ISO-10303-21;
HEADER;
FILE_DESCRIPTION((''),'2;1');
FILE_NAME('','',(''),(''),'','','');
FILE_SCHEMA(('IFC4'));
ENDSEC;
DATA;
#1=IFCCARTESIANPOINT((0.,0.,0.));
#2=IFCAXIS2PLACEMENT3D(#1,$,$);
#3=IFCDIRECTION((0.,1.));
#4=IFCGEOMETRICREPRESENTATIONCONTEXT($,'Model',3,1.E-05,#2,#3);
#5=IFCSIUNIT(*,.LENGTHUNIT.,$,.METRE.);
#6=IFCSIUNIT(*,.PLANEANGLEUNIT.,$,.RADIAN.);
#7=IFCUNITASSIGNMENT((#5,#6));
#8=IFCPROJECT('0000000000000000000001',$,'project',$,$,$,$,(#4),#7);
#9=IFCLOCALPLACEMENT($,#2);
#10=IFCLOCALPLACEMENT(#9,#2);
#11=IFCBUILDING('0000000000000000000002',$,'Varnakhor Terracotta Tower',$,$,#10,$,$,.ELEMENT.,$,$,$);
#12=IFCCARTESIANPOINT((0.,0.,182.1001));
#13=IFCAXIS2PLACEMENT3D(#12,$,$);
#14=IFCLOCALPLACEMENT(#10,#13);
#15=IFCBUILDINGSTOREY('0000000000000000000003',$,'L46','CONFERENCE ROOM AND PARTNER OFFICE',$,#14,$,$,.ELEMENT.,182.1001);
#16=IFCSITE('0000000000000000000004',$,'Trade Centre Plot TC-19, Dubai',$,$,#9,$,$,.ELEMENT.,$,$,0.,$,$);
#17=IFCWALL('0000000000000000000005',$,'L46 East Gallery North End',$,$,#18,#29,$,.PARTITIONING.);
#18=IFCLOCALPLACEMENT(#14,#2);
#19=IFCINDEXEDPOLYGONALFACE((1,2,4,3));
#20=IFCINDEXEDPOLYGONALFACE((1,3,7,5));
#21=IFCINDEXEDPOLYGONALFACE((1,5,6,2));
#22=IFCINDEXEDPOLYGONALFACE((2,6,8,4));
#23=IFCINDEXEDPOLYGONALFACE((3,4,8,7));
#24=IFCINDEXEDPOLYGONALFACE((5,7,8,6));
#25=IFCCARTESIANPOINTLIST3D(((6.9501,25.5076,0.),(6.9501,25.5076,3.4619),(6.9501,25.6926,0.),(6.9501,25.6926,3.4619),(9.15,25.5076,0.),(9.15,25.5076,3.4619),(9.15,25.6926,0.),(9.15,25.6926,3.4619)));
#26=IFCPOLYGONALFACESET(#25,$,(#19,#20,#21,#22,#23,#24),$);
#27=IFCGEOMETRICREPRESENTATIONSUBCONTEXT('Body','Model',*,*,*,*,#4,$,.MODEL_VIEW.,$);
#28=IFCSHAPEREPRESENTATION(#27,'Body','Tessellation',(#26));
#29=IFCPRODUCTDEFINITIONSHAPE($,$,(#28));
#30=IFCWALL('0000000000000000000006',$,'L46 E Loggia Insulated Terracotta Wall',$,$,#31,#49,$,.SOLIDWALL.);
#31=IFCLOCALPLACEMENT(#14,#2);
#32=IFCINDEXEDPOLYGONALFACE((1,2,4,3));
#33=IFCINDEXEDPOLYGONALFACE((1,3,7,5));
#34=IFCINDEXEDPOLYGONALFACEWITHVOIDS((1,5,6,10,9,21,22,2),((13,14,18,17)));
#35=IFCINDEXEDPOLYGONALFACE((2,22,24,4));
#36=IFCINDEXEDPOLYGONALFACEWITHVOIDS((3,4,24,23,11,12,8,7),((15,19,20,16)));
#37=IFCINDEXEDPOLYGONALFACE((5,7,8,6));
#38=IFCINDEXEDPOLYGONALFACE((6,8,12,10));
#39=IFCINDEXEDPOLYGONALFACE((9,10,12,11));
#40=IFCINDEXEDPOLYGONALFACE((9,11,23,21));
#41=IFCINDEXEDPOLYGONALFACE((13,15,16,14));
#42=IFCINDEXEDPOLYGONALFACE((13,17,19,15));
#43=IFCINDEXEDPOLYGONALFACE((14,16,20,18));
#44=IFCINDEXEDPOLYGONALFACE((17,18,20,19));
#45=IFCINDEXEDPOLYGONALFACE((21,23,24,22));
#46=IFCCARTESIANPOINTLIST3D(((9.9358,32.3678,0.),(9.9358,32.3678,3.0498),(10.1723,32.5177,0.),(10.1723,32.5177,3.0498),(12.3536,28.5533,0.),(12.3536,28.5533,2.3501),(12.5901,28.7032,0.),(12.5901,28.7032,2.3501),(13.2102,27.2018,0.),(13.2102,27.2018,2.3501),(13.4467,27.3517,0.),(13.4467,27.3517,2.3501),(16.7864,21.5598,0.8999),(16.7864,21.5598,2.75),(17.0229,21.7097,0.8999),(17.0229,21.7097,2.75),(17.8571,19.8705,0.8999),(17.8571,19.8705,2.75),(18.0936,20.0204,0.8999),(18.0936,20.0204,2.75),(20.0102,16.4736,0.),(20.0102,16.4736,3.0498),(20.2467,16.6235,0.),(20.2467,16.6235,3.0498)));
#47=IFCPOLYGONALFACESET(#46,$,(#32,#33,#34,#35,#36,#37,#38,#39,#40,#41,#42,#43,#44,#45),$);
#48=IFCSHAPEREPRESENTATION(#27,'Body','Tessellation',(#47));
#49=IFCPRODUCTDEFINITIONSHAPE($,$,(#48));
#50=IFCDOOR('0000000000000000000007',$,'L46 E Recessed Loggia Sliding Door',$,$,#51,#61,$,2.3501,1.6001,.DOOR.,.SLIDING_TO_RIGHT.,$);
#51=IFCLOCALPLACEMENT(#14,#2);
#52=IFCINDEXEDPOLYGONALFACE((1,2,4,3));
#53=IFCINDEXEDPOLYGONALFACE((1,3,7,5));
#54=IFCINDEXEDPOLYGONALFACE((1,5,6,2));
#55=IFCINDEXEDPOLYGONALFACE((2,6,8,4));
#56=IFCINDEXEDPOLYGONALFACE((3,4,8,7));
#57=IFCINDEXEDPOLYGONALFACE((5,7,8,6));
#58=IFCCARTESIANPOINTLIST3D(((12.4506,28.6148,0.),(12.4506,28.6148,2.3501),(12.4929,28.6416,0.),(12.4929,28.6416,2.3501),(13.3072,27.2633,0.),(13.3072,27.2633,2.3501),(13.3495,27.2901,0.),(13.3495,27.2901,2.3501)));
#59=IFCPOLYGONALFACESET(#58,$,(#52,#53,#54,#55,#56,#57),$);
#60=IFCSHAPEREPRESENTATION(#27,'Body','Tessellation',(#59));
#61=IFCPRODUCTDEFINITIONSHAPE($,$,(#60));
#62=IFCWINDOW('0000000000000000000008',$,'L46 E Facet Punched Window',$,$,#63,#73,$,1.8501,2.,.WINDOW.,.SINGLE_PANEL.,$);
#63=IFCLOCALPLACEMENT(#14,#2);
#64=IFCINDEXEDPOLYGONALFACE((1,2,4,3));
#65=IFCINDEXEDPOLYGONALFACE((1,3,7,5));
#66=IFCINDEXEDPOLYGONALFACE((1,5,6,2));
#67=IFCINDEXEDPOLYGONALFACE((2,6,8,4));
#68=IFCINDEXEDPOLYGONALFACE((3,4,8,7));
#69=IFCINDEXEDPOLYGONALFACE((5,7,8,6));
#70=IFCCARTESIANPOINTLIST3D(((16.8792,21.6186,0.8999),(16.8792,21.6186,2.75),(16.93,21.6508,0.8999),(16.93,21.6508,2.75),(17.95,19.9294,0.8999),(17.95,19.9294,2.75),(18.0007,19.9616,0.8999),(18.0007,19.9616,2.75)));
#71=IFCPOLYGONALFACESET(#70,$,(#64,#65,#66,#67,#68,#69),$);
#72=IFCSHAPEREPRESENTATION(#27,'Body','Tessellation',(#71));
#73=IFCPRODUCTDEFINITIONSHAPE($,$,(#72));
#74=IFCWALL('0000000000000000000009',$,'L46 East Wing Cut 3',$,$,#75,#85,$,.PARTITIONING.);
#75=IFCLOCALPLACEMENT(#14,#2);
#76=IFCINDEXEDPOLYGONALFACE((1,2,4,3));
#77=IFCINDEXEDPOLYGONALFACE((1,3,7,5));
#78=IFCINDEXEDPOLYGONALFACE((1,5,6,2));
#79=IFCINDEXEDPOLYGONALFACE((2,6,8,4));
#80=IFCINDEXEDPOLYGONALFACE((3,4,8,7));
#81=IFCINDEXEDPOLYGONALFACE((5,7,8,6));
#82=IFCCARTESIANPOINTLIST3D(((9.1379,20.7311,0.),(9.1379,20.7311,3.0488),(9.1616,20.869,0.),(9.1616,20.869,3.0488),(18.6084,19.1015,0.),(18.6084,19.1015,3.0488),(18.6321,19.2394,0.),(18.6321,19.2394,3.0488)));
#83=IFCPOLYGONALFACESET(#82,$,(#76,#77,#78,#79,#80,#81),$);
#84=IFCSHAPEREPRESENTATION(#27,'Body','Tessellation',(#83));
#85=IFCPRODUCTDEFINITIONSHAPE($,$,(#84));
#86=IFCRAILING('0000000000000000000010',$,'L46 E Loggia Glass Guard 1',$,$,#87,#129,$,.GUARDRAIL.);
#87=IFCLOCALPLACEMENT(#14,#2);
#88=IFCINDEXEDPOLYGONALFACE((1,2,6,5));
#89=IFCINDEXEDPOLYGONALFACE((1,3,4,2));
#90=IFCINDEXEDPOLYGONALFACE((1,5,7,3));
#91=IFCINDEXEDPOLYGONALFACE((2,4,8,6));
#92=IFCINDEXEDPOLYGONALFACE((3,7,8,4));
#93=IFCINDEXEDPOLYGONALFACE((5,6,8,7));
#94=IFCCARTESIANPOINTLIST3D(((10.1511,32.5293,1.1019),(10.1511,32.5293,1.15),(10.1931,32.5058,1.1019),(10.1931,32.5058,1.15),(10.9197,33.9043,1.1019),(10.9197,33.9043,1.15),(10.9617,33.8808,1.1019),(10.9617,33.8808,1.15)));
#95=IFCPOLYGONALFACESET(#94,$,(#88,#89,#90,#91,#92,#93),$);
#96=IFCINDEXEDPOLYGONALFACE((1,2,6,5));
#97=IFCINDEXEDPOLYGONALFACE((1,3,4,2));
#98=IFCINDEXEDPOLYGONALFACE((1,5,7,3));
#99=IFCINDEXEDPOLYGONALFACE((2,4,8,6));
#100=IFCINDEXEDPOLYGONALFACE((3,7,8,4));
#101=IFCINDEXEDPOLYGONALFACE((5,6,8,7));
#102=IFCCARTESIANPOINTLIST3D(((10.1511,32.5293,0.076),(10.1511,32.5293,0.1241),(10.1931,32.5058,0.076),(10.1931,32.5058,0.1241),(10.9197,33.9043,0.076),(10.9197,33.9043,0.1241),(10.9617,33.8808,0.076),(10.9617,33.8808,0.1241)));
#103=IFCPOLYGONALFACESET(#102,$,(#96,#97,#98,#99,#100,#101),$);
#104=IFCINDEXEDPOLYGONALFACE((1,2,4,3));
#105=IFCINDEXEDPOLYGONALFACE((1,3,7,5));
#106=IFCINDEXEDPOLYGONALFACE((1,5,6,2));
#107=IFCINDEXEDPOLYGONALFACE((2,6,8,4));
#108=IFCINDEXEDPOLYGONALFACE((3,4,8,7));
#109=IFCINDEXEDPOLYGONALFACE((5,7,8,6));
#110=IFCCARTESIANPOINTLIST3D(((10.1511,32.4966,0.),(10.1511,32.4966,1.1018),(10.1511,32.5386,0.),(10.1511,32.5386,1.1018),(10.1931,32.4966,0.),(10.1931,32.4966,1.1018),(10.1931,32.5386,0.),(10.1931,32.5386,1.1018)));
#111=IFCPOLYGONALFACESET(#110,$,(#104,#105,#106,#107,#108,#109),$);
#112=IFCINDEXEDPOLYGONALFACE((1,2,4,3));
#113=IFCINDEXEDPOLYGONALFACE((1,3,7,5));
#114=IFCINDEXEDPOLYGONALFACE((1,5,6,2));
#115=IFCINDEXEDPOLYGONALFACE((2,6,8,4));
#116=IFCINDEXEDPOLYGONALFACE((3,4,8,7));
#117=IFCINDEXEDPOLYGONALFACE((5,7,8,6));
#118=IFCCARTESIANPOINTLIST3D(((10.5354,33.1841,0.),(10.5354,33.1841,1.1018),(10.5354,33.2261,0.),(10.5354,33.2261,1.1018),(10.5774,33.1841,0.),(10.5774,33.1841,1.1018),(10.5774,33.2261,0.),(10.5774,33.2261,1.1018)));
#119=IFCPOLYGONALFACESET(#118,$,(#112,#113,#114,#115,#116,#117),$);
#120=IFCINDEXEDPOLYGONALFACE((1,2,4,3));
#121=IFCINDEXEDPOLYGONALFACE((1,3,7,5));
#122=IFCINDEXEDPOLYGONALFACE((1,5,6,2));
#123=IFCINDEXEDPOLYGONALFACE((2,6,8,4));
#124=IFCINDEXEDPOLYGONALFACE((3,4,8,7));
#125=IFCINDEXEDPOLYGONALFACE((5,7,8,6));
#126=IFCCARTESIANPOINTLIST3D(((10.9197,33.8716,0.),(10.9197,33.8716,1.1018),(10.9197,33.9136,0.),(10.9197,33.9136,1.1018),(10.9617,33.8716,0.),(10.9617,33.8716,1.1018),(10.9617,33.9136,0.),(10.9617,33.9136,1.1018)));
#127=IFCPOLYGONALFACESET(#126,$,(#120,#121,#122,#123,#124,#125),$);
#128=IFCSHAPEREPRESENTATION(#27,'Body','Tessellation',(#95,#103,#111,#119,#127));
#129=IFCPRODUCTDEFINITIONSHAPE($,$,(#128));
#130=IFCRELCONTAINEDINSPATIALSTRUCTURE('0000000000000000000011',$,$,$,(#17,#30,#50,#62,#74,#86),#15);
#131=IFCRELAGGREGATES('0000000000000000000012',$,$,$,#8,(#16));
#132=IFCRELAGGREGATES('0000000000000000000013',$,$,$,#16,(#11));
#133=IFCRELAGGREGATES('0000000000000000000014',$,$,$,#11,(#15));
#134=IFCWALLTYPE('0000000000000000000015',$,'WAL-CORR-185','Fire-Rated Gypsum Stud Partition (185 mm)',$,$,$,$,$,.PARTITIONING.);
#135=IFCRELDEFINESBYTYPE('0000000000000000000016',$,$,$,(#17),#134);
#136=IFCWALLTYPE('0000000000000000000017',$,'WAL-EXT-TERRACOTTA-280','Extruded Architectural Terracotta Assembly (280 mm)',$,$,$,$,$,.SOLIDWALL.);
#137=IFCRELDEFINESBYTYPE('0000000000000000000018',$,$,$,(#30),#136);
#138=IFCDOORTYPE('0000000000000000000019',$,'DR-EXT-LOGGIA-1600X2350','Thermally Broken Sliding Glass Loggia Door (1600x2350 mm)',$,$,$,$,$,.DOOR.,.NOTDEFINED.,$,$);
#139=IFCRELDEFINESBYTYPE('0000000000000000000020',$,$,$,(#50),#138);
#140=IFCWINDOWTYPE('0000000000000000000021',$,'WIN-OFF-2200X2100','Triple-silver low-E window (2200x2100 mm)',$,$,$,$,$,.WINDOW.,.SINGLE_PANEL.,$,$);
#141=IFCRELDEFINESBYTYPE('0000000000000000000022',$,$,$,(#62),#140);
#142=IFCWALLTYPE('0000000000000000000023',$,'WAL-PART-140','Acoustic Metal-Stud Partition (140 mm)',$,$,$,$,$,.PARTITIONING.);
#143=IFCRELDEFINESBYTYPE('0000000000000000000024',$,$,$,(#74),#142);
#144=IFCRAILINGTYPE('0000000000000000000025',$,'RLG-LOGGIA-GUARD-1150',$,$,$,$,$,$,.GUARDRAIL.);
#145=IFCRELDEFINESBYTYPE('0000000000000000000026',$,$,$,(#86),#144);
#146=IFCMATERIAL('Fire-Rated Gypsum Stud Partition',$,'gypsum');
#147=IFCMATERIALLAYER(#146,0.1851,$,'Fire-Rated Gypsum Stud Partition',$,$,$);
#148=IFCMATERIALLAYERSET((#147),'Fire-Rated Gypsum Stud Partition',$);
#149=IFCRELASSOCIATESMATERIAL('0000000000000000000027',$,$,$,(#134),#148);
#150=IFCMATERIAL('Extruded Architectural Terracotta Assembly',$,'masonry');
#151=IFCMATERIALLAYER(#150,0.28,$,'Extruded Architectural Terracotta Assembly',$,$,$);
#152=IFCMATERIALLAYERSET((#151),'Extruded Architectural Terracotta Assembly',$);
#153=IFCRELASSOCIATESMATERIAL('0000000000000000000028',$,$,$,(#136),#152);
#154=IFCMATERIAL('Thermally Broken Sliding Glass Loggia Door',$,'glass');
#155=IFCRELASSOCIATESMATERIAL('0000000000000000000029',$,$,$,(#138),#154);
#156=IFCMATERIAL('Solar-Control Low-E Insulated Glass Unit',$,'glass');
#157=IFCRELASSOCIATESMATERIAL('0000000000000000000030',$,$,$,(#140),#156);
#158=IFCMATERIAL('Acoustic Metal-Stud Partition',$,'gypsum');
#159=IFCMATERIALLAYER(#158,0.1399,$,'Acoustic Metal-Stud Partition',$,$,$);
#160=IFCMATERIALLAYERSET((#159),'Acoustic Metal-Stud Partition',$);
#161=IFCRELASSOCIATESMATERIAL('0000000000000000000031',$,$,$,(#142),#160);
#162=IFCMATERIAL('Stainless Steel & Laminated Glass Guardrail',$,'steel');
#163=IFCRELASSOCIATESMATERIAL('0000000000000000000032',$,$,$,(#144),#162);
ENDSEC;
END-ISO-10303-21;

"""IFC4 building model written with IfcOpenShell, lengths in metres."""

from ifc_helpers import new_model, si_unit, direction, frame, frame_2d, origin, origin_2d, place, context, subcontext, project, spatial, rectangle, extrude, source, transform, mapped, material, layer, layer_set, type_object, type_shapes, element, fill, save


model = new_model("IFC4")

# Units and contexts
model_context = context("Model", 3, precision=1e-05, world=origin(), true_north=direction((0.0, 1.0)))
body_context = subcontext(model_context, "Body", "Model", "MODEL_VIEW")
ifc_project = project(units=[si_unit("LENGTHUNIT", "METRE"), si_unit("PLANEANGLEUNIT", "RADIAN")], contexts=[model_context])

# Site, building, storey
site_placement = place(None, origin())
site = spatial("IfcSite", under=ifc_project, at=site_placement, Name="Trade Centre Plot TC-19, Dubai", CompositionType="ELEMENT", RefElevation=0.0)
building_placement = place(site_placement, origin())
building = spatial("IfcBuilding", under=site, at=building_placement, Name="Varnakhor Terracotta Tower", CompositionType="ELEMENT")
storey_placement = place(building_placement, frame((0.0, 0.0, 182.1001)))
storey = spatial("IfcBuildingStorey", under=building, at=storey_placement, Name="L46", Description="CONFERENCE ROOM AND PARTNER OFFICE", CompositionType="ELEMENT", Elevation=182.1001)

# Wall
ifc_material_1 = material(Name="Fire-Rated Gypsum Stud Partition", Category="gypsum")
ifc_layer_1 = layer(ifc_material_1, 0.1851, Name="Fire-Rated Gypsum Stud Partition")
ifc_layer_set_1 = layer_set([ifc_layer_1], Name="Fire-Rated Gypsum Stud Partition")
wall_type_1 = type_object("IfcWallType", Name="WAL-CORR-185", Description="Fire-Rated Gypsum Stud Partition (185 mm)", PredefinedType="PARTITIONING", material=ifc_layer_set_1)
wall_1_placement = place(storey_placement, frame((6.95, 25.6001, 0.0), z_axis=(0.0, 0.0, 1.0), x_axis=(1.0, 0.0, 0.0)))
element("IfcWall", 1, at=wall_1_placement, inside=storey, type_object=wall_type_1, Name="L46 East Gallery North End", PredefinedType="PARTITIONING", context=body_context, shape_type="SweptSolid", body=[
    extrude(rectangle(XDim=2.2, YDim=0.1851, at=frame_2d((1.1001, 0.0))), origin(), (0.0, 0.0, 1.0), 3.4619),
])

# Wall, openings, door, window
ifc_material_2 = material(Name="Extruded Architectural Terracotta Assembly", Category="masonry")
ifc_layer_2 = layer(ifc_material_2, 0.28, Name="Extruded Architectural Terracotta Assembly")
ifc_layer_set_2 = layer_set([ifc_layer_2], Name="Extruded Architectural Terracotta Assembly")
wall_type_2 = type_object("IfcWallType", Name="WAL-EXT-TERRACOTTA-280", Description="Extruded Architectural Terracotta Assembly (280 mm)", PredefinedType="SOLIDWALL", material=ifc_layer_set_2)
wall_2_placement = place(storey_placement, frame((10.054, 32.4429, 0.0), z_axis=(0.0, 0.0, 1.0), x_axis=(0.535359, -0.844625, 0.0)))
wall_2 = element("IfcWall", 2, at=wall_2_placement, inside=storey, type_object=wall_type_2, Name="L46 E Loggia Insulated Terracotta Wall", PredefinedType="SOLIDWALL", context=body_context, shape_type="SweptSolid", body=[
    extrude(rectangle(XDim=18.8181, YDim=0.28, at=frame_2d((9.4092, 0.0))), origin(), (0.0, 0.0, 1.0), 3.0498),
])
opening_1_placement = place(wall_2_placement, frame((4.5164, 0.0, 0.0)))
opening_1 = element("IfcOpeningElement", 3, at=opening_1_placement, cuts=wall_2, PredefinedType="OPENING", context=body_context, shape_type="SweptSolid", body=[
    extrude(rectangle(XDim=1.6001, YDim=2.3501, at=frame_2d((0.8, 1.175))), frame((0.0, 0.1499, 0.0), z_axis=(0.0, -1.0, 0.0), x_axis=(1.0, 0.0, 0.0)), (0.0, 0.0, 1.0), 0.3),
])
opening_2_placement = place(wall_2_placement, frame((12.7964, 0.0, 0.8999)))
opening_2 = element("IfcOpeningElement", 4, at=opening_2_placement, cuts=wall_2, PredefinedType="OPENING", context=body_context, shape_type="SweptSolid", body=[
    extrude(rectangle(XDim=2.0, YDim=1.8501, at=frame_2d((1.0, 0.925))), frame((0.0, 0.1499, 0.0), z_axis=(0.0, -1.0, 0.0), x_axis=(1.0, 0.0, 0.0)), (0.0, 0.0, 1.0), 0.3),
])
ifc_material_3 = material(Name="Thermally Broken Sliding Glass Loggia Door", Category="glass")
door_type = type_object("IfcDoorType", Name="DR-EXT-LOGGIA-1600X2350", Description="Thermally Broken Sliding Glass Loggia Door (1600x2350 mm)", OperationType="NOTDEFINED", PredefinedType="DOOR", material=ifc_material_3)
shared_shape_1 = source(origin(), body_context, "Body", "SweptSolid", [
    extrude(rectangle(XDim=1.6001, YDim=2.3501, at=frame_2d((0.8, 1.175))), frame((0.0, 0.0249, 0.0), z_axis=(0.0, -1.0, 0.0), x_axis=(1.0, 0.0, 0.0)), (0.0, 0.0, 1.0), 0.05),
])
type_shapes(door_type, [shared_shape_1])
door_placement = place(opening_1_placement, origin())
door = element("IfcDoor", 5, at=door_placement, inside=storey, type_object=door_type, Name="L46 E Recessed Loggia Sliding Door", OperationType="SLIDING_TO_RIGHT", OverallHeight=2.3501, OverallWidth=1.6001, PredefinedType="DOOR", context=body_context, shape_type="MappedRepresentation", body=[
    mapped(shared_shape_1, transform((0.0, 0.0, 0.0), scale=1.0)),
])
fill(opening_1, door)
ifc_material_4 = material(Name="Solar-Control Low-E Insulated Glass Unit", Category="glass")
window_type = type_object("IfcWindowType", Name="WIN-OFF-2200X2100", Description="Triple-silver low-E window (2200x2100 mm)", PartitioningType="SINGLE_PANEL", PredefinedType="WINDOW", material=ifc_material_4)
shared_shape_2 = source(origin(), body_context, "Body", "SweptSolid", [
    extrude(rectangle(XDim=2.0, YDim=1.8501, at=frame_2d((1.0, 0.925))), frame((0.0, 0.03, 0.0), z_axis=(0.0, -1.0, 0.0), x_axis=(1.0, 0.0, 0.0)), (0.0, 0.0, 1.0), 0.0601),
])
type_shapes(window_type, [shared_shape_2])
window_placement = place(opening_2_placement, origin())
window = element("IfcWindow", 6, at=window_placement, inside=storey, type_object=window_type, Name="L46 E Facet Punched Window", OverallHeight=1.8501, OverallWidth=2.0, PartitioningType="SINGLE_PANEL", PredefinedType="WINDOW", context=body_context, shape_type="MappedRepresentation", body=[
    mapped(shared_shape_2, transform((0.0, 0.0, 0.0), scale=1.0)),
])
fill(opening_2, window)

# Wall
ifc_material_5 = material(Name="Acoustic Metal-Stud Partition", Category="gypsum")
ifc_layer_3 = layer(ifc_material_5, 0.1399, Name="Acoustic Metal-Stud Partition")
ifc_layer_set_3 = layer_set([ifc_layer_3], Name="Acoustic Metal-Stud Partition")
wall_type_3 = type_object("IfcWallType", Name="WAL-PART-140", Description="Acoustic Metal-Stud Partition (140 mm)", PredefinedType="PARTITIONING", material=ifc_layer_set_3)
wall_3_placement = place(storey_placement, frame((9.1499, 20.8, 0.0), z_axis=(0.0, 0.0, 1.0), x_axis=(0.985516, -0.169584, 0.0)))
element("IfcWall", 7, at=wall_3_placement, inside=storey, type_object=wall_type_3, Name="L46 East Wing Cut 3", PredefinedType="PARTITIONING", context=body_context, shape_type="SweptSolid", body=[
    extrude(rectangle(XDim=9.6096, YDim=0.1399, at=frame_2d((4.8047, 0.0))), origin(), (0.0, 0.0, 1.0), 3.0488),
])

# Railing
ifc_material_6 = material(Name="Stainless Steel & Laminated Glass Guardrail", Category="steel")
railing_type = type_object("IfcRailingType", Name="RLG-LOGGIA-GUARD-1150", PredefinedType="GUARDRAIL", material=ifc_material_6)
railing_1_placement = place(storey_placement, frame((10.1721, 32.5176, 0.0)))
element("IfcRailing", 8, at=railing_1_placement, inside=storey, type_object=railing_type, Name="L46 E Loggia Glass Guard 1", PredefinedType="GUARDRAIL", context=body_context, shape_type="SweptSolid", body=[
    extrude(rectangle(XDim=0.0481, YDim=0.0481, at=origin_2d()), frame((0.0, 0.0, 1.126), z_axis=(0.487905, 0.872897, 0.0), x_axis=(-0.872897, 0.487905, 0.0)), (0.0, 0.0, 1.0), 1.5752),
    extrude(rectangle(XDim=0.0481, YDim=0.0481, at=origin_2d()), frame((0.0, 0.0, 0.1001), z_axis=(0.487905, 0.872897, 0.0), x_axis=(-0.872897, 0.487905, 0.0)), (0.0, 0.0, 1.0), 1.5752),
    extrude(rectangle(XDim=0.042, YDim=0.042, at=origin_2d()), origin(), (0.0, 0.0, 1.0), 1.1018),
    extrude(rectangle(XDim=0.042, YDim=0.042, at=origin_2d()), frame((0.3843, 0.6875, 0.0)), (0.0, 0.0, 1.0), 1.1018),
    extrude(rectangle(XDim=0.042, YDim=0.042, at=origin_2d()), frame((0.7686, 1.375, 0.0)), (0.0, 0.0, 1.0), 1.1018),
])

save(model, "model.ifc")
